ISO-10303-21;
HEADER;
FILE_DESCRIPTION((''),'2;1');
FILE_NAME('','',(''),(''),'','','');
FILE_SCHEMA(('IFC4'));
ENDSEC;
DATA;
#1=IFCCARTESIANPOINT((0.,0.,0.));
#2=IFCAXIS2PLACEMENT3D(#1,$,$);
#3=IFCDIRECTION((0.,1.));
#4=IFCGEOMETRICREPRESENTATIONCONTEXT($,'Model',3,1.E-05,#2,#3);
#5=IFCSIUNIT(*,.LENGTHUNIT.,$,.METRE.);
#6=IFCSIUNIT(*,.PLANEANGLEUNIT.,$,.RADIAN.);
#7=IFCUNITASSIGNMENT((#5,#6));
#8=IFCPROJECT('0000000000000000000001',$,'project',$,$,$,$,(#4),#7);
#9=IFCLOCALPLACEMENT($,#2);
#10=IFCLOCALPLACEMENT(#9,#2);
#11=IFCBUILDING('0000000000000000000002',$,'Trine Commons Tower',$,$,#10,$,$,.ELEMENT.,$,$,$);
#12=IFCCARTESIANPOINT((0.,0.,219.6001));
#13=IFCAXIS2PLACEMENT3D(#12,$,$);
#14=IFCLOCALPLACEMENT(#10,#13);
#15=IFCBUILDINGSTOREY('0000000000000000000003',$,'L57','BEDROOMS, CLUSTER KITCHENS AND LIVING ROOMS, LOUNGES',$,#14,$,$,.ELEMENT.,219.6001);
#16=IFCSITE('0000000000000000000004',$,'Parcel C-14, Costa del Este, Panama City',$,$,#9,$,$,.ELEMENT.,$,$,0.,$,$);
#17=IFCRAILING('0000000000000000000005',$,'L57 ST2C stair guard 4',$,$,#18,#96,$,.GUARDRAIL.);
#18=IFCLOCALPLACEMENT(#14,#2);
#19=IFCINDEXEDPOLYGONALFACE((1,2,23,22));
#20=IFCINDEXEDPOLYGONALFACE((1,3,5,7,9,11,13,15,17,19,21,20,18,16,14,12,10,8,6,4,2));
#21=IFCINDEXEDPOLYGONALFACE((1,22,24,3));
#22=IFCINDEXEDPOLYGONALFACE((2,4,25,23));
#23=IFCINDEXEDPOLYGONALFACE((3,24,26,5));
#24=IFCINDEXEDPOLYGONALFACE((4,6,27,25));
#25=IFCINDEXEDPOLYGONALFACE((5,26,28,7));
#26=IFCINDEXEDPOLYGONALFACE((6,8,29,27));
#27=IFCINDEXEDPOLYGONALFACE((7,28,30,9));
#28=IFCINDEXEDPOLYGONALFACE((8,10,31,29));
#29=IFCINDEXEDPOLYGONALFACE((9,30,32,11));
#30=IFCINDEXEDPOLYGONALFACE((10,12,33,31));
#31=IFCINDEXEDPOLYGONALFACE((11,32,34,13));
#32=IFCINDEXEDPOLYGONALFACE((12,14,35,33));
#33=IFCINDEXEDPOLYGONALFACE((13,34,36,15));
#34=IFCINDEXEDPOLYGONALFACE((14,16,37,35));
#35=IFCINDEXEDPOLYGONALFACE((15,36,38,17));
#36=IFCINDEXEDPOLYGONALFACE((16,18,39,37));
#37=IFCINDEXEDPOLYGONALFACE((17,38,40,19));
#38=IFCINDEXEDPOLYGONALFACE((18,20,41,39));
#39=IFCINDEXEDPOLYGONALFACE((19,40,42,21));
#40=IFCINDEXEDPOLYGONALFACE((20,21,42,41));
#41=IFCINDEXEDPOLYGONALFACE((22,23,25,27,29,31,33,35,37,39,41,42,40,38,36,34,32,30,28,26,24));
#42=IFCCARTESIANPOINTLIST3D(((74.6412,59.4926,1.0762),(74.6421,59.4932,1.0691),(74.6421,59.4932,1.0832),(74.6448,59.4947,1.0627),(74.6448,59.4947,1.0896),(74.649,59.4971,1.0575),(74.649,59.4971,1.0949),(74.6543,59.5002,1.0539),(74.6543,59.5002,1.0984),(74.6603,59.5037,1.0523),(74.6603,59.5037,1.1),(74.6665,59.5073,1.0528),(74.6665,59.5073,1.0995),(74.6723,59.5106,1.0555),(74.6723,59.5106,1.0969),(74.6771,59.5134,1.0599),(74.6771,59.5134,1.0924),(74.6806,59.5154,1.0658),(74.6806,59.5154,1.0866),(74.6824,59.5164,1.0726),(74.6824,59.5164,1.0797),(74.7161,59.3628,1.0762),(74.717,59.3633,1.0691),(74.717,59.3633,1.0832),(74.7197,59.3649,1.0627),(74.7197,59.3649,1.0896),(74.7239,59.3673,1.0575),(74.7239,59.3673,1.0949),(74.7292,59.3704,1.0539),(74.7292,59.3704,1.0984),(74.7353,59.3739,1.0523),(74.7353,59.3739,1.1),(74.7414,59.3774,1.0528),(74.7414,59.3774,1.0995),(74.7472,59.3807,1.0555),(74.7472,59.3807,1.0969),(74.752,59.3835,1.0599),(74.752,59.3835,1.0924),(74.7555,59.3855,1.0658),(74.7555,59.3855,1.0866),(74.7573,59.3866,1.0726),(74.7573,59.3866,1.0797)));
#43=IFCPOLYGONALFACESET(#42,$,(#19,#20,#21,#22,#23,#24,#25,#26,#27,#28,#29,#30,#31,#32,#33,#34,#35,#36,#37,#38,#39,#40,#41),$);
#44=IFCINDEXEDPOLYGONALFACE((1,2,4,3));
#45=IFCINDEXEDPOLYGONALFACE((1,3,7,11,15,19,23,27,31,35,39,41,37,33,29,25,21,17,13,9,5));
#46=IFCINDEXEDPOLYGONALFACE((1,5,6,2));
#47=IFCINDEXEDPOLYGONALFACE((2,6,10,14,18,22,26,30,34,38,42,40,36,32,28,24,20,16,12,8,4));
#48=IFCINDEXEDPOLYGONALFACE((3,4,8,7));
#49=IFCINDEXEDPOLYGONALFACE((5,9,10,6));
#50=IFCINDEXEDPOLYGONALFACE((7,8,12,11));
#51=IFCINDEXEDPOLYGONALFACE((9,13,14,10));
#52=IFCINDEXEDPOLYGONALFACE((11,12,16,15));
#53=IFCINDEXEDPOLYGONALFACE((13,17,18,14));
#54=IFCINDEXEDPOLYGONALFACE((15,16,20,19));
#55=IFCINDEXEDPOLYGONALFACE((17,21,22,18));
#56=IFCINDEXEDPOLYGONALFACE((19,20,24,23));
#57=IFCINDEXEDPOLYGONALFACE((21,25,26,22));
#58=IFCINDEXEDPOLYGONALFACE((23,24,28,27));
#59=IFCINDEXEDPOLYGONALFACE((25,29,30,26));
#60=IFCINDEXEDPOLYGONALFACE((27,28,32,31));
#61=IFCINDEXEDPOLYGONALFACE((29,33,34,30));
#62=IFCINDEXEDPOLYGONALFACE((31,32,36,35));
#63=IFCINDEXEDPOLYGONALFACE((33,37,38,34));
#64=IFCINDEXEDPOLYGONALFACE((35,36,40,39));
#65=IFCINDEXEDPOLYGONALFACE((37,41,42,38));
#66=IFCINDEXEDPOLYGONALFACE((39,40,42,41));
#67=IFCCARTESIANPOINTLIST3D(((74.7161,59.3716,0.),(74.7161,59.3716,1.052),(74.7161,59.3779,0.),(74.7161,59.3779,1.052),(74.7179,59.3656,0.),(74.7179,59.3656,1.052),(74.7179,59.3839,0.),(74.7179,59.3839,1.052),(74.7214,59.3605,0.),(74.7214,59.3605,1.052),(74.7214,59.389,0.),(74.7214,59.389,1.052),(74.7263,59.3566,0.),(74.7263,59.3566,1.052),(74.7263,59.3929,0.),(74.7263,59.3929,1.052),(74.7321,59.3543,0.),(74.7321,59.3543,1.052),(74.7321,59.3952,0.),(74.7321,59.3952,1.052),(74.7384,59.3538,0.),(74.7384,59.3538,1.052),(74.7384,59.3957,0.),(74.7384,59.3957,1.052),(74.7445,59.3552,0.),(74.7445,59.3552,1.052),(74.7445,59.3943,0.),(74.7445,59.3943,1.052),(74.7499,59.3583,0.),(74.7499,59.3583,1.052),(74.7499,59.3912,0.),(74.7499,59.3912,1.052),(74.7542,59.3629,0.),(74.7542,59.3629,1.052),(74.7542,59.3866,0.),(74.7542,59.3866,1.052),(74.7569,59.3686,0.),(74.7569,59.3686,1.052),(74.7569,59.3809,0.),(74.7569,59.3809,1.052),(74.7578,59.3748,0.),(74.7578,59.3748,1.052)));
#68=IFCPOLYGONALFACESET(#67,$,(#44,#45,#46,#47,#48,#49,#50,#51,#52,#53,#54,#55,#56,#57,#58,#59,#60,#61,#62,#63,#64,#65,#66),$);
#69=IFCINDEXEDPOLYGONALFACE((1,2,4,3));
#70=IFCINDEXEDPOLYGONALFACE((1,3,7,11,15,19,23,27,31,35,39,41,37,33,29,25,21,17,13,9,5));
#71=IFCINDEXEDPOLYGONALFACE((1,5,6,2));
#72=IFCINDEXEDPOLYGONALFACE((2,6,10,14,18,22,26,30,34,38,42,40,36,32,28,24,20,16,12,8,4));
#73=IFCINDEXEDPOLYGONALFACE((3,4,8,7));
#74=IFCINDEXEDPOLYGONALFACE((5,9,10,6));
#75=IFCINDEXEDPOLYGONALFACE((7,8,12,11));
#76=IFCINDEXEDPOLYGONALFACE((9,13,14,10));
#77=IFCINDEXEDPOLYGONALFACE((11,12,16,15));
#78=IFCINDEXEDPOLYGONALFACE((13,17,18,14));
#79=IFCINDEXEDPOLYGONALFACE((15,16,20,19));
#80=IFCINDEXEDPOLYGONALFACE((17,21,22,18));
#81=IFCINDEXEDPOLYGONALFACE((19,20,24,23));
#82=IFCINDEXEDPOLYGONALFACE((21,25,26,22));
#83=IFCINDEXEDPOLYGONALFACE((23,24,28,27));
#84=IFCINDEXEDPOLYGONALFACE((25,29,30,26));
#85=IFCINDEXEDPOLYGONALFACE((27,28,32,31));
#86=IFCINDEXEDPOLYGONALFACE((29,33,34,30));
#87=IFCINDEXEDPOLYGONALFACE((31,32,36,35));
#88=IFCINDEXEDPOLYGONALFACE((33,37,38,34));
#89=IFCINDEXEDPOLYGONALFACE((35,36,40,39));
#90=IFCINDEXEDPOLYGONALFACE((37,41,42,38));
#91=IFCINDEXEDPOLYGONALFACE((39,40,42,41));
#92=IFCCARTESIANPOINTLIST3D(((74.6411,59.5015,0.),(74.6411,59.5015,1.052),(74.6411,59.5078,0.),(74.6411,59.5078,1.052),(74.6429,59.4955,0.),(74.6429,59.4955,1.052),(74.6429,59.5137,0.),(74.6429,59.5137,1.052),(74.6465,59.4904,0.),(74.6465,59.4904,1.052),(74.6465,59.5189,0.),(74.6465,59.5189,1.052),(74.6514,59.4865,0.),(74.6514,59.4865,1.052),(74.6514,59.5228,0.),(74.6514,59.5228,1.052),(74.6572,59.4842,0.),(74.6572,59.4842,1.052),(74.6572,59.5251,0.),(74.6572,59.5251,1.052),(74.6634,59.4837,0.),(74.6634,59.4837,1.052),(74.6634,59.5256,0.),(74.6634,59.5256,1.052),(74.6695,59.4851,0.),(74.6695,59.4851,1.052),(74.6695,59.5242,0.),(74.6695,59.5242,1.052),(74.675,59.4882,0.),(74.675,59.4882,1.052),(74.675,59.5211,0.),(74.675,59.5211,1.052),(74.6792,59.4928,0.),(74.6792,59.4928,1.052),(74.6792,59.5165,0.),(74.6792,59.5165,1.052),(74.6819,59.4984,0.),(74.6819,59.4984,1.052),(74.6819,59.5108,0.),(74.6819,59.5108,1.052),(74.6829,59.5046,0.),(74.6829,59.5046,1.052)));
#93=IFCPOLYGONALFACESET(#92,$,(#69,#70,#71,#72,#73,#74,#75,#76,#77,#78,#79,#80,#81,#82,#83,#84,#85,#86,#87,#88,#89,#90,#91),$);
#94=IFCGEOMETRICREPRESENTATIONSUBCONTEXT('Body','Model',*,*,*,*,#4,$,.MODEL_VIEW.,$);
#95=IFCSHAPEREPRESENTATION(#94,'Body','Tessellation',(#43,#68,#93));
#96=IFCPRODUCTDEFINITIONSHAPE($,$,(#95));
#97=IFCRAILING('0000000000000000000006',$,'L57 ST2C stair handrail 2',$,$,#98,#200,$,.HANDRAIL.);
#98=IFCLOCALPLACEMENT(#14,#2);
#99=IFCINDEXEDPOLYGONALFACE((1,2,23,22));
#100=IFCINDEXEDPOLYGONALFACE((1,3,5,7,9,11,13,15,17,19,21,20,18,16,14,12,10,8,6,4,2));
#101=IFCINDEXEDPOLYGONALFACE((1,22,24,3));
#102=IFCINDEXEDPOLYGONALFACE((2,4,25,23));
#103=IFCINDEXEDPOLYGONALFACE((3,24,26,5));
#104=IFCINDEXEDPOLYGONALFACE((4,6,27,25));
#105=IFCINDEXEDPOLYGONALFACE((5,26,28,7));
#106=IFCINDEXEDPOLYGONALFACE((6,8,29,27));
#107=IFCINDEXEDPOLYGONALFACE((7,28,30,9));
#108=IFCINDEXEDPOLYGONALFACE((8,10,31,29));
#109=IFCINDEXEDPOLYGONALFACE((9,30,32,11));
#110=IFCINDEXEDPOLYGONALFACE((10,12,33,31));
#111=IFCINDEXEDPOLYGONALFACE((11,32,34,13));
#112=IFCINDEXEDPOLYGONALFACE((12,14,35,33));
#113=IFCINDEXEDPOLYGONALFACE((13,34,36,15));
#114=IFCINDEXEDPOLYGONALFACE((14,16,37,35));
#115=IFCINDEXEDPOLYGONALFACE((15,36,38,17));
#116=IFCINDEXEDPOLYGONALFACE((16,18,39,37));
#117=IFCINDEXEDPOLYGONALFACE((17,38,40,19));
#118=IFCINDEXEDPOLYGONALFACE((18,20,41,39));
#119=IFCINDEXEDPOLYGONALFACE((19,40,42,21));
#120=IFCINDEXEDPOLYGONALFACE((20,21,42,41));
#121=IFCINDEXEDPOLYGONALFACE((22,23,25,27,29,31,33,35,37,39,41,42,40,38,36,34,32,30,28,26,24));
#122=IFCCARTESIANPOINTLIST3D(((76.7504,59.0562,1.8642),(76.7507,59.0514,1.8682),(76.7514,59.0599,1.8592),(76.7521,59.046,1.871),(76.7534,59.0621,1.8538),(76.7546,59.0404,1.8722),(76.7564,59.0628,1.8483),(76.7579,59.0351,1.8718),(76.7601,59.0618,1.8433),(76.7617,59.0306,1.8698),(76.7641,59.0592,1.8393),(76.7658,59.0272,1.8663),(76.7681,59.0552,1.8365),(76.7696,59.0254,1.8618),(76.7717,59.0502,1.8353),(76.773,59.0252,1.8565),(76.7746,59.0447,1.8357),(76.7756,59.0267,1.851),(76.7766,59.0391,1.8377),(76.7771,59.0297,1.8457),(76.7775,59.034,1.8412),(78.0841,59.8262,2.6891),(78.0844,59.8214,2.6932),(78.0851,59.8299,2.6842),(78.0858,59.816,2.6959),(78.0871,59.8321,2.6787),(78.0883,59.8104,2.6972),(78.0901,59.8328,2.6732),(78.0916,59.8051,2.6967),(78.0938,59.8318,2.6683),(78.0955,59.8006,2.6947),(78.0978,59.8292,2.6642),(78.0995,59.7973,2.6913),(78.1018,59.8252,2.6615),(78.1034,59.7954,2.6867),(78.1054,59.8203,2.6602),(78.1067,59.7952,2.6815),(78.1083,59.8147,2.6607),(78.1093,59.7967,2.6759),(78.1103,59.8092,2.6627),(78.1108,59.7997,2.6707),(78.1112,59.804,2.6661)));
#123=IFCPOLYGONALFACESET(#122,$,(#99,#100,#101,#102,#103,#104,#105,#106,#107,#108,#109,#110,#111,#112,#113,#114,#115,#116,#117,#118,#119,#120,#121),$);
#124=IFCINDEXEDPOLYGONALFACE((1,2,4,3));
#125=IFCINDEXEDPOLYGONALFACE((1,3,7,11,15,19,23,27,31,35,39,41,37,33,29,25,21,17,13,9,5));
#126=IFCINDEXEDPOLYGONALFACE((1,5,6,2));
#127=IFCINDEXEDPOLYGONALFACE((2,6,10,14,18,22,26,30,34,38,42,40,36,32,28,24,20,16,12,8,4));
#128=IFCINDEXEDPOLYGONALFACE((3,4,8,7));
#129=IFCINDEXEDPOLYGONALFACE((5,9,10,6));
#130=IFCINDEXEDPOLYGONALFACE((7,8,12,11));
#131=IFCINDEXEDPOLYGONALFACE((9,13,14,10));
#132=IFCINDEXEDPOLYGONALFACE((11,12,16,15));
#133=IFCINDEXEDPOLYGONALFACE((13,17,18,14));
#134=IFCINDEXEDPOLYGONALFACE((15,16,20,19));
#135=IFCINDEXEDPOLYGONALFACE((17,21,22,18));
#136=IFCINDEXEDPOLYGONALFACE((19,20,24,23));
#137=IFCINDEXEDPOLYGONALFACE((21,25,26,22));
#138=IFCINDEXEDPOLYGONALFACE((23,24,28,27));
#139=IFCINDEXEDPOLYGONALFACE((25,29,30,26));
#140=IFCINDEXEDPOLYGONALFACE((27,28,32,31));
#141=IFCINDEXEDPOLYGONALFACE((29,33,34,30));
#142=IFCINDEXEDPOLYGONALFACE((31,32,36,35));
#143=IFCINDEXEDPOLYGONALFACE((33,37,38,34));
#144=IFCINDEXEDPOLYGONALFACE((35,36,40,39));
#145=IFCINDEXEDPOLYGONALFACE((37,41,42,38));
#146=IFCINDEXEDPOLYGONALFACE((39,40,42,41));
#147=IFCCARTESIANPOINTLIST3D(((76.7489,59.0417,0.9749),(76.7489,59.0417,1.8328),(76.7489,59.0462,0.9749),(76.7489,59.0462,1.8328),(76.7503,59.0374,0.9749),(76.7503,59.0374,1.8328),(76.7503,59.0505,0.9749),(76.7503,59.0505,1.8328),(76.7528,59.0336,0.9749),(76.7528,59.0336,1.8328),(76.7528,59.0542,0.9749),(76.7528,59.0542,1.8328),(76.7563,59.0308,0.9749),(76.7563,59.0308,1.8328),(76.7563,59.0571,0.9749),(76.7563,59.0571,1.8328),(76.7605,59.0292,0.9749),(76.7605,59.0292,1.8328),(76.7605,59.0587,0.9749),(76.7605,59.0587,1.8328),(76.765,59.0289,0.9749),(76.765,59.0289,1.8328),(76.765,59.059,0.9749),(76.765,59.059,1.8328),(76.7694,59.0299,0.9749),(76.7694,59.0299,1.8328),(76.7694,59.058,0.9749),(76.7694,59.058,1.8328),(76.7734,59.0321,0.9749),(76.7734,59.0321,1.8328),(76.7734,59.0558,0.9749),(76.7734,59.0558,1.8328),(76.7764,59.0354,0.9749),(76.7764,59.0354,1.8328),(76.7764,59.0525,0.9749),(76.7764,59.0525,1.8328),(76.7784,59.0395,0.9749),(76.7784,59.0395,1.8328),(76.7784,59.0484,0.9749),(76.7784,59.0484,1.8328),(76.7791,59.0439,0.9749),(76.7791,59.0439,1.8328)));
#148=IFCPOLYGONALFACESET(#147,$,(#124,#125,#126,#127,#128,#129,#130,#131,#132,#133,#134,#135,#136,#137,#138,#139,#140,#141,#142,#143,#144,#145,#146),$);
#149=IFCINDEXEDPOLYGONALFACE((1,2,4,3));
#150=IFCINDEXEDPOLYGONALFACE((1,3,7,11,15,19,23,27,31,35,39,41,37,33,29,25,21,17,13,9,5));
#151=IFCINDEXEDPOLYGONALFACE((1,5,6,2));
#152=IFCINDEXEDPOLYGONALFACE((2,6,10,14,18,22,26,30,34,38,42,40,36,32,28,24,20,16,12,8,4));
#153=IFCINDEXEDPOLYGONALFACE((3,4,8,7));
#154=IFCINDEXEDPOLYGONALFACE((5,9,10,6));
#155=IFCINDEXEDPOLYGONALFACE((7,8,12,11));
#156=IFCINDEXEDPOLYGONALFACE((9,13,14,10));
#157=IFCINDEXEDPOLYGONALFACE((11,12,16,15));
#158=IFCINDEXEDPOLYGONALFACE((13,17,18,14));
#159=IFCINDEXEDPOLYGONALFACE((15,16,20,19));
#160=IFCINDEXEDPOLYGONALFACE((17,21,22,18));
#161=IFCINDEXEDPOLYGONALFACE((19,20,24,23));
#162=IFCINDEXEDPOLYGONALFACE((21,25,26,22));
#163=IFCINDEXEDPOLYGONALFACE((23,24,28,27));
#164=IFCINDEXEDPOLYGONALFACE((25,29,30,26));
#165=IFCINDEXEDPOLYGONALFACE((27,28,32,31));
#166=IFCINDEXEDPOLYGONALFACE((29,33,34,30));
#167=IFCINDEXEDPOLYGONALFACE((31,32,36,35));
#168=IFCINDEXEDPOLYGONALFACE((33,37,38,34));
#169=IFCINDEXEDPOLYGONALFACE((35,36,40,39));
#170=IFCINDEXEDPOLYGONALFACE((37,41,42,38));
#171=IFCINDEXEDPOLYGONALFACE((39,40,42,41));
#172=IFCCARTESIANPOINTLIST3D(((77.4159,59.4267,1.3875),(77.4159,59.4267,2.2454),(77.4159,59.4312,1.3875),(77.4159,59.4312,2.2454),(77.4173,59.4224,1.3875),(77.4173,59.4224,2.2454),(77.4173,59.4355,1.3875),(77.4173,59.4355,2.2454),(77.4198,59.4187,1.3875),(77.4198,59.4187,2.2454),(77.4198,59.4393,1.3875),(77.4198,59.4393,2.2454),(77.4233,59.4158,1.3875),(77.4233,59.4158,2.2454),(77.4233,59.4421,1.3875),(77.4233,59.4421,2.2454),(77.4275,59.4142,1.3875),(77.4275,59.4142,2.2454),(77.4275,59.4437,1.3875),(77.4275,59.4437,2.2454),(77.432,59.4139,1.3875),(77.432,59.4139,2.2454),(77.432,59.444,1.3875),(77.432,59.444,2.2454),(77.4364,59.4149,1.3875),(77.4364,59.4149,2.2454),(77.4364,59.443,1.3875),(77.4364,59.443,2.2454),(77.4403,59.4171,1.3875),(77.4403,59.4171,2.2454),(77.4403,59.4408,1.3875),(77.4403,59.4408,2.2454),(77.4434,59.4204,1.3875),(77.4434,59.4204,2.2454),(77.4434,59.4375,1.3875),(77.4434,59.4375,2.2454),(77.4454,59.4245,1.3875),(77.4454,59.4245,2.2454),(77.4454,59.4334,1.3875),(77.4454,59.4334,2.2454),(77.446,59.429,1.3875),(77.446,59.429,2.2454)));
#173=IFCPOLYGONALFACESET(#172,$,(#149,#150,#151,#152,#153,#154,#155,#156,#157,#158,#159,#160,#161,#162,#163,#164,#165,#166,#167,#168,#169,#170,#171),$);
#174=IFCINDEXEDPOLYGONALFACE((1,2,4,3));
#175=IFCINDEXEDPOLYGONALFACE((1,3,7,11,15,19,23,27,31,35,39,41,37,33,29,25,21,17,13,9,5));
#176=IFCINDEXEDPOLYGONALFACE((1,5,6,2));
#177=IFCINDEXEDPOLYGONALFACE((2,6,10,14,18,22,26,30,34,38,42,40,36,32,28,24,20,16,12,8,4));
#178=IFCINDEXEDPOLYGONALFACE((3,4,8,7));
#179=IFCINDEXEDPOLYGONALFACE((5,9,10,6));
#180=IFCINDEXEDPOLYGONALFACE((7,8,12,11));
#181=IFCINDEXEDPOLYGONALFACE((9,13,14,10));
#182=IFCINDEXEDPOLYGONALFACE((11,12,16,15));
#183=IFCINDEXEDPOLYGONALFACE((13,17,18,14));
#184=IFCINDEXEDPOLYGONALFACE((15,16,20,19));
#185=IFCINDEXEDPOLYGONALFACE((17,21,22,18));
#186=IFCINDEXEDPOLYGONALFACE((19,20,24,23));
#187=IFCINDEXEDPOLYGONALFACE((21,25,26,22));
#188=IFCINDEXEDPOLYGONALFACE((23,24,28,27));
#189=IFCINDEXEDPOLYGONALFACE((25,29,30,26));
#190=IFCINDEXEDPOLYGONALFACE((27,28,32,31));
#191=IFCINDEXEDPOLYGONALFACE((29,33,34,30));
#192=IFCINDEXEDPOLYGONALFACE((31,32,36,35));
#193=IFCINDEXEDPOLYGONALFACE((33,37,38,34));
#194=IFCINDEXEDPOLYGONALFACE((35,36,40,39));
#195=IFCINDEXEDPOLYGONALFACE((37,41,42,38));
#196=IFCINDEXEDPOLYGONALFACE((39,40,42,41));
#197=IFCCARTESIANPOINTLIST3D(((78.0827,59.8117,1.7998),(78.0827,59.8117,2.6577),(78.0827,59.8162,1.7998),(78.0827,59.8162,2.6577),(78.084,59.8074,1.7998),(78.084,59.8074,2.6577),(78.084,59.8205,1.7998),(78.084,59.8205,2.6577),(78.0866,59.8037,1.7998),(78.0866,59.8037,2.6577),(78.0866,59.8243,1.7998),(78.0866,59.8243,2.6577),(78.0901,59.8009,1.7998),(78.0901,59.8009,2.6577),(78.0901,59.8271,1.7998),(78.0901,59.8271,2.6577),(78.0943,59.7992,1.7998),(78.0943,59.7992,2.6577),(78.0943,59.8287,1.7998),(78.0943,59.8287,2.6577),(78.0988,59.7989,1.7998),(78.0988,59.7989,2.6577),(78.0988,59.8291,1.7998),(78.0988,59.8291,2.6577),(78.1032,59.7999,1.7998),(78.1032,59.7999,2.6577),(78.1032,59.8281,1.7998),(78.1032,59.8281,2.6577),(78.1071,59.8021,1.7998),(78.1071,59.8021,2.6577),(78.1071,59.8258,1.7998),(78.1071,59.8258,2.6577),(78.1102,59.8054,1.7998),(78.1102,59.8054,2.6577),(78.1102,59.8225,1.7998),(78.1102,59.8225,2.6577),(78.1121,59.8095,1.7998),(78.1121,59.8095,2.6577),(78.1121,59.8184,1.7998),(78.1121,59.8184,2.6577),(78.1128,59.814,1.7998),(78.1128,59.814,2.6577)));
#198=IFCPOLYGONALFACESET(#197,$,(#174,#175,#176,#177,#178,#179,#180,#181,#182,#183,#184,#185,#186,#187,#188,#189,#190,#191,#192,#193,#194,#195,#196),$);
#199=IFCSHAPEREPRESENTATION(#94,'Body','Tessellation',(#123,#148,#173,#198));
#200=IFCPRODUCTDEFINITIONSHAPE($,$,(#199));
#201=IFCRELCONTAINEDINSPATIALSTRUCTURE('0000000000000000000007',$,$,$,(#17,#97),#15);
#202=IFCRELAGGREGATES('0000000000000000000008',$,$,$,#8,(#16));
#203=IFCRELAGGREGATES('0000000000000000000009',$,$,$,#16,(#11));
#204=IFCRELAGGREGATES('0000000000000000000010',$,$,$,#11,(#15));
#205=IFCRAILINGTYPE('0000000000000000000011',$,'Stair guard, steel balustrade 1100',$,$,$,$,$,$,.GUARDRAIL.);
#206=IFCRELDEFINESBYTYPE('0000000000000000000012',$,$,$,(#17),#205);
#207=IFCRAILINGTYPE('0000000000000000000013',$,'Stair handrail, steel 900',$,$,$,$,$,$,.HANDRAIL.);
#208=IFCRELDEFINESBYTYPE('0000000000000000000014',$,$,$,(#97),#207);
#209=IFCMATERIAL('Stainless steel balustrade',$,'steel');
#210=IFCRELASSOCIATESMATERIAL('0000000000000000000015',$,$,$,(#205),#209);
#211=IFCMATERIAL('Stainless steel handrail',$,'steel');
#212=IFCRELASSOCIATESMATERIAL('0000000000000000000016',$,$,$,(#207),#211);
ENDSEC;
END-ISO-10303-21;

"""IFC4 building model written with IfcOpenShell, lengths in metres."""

from ifc_helpers import new_model, si_unit, direction, frame, origin, origin_2d, place, context, subcontext, project, spatial, circle, extrude, material, type_object, element, save


model = new_model("IFC4")

# Units and contexts
model_context = context("Model", 3, precision=1e-05, world=origin(), true_north=direction((0.0, 1.0)))
body_context = subcontext(model_context, "Body", "Model", "MODEL_VIEW")
ifc_project = project(units=[si_unit("LENGTHUNIT", "METRE"), si_unit("PLANEANGLEUNIT", "RADIAN")], contexts=[model_context])

# Site, building, storey
site_placement = place(None, origin())
site = spatial("IfcSite", under=ifc_project, at=site_placement, Name="Parcel C-14, Costa del Este, Panama City", CompositionType="ELEMENT", RefElevation=0.0)
building_placement = place(site_placement, origin())
building = spatial("IfcBuilding", under=site, at=building_placement, Name="Trine Commons Tower", CompositionType="ELEMENT")
storey_placement = place(building_placement, frame((0.0, 0.0, 219.6001)))
storey = spatial("IfcBuildingStorey", under=building, at=storey_placement, Name="L57", Description="BEDROOMS, CLUSTER KITCHENS AND LIVING ROOMS, LOUNGES", CompositionType="ELEMENT", Elevation=219.6001)

# Railings
ifc_material_1 = material(Name="Stainless steel balustrade", Category="steel")
railing_type_1 = type_object("IfcRailingType", Name="Stair guard, steel balustrade 1100", PredefinedType="GUARDRAIL", material=ifc_material_1)
railing_1_placement = place(storey_placement, frame((74.7368, 59.3748, 0.0)))
element("IfcRailing", 1, at=railing_1_placement, inside=storey, type_object=railing_type_1, Name="L57 ST2C stair guard 4", PredefinedType="GUARDRAIL", context=body_context, shape_type="SweptSolid", body=[
    extrude(circle(Radius=0.0239, at=origin_2d()), frame((0.0, 0.0, 1.0762), z_axis=(-0.499816, 0.866131, 0.0), x_axis=(-0.866131, -0.499816, 0.0)), (0.0, 0.0, 1.0), 0.1499),
    extrude(circle(Radius=0.021, at=origin_2d()), origin(), (0.0, 0.0, 1.0), 1.052),
    extrude(circle(Radius=0.021, at=origin_2d()), frame((-0.075, 0.1299, 0.0)), (0.0, 0.0, 1.0), 1.052),
])
ifc_material_2 = material(Name="Stainless steel handrail", Category="steel")
railing_type_2 = type_object("IfcRailingType", Name="Stair handrail, steel 900", PredefinedType="HANDRAIL", material=ifc_material_2)
railing_2_placement = place(storey_placement, frame((76.7639, 59.0439, 0.9749)))
element("IfcRailing", 2, at=railing_2_placement, inside=storey, type_object=railing_type_2, Name="L57 ST2C stair handrail 2", PredefinedType="HANDRAIL", context=body_context, shape_type="SweptSolid", body=[
    extrude(circle(Radius=0.021, at=origin_2d()), frame((0.0, 0.0, 0.8789), z_axis=(0.763405, 0.440743, 0.472185), x_axis=(-0.499992, 0.86603, 0.0)), (0.0, 0.0, 1.0), 1.7471),
    extrude(circle(Radius=0.0151, at=origin_2d()), origin(), (0.0, 0.0, 1.0), 0.8579),
    extrude(circle(Radius=0.0151, at=origin_2d()), frame((0.667, 0.385, 0.4126)), (0.0, 0.0, 1.0), 0.8579),
    extrude(circle(Radius=0.0151, at=origin_2d()), frame((1.3337, 0.77, 0.825)), (0.0, 0.0, 1.0), 0.8579),
])

save(model, "model.ifc")
